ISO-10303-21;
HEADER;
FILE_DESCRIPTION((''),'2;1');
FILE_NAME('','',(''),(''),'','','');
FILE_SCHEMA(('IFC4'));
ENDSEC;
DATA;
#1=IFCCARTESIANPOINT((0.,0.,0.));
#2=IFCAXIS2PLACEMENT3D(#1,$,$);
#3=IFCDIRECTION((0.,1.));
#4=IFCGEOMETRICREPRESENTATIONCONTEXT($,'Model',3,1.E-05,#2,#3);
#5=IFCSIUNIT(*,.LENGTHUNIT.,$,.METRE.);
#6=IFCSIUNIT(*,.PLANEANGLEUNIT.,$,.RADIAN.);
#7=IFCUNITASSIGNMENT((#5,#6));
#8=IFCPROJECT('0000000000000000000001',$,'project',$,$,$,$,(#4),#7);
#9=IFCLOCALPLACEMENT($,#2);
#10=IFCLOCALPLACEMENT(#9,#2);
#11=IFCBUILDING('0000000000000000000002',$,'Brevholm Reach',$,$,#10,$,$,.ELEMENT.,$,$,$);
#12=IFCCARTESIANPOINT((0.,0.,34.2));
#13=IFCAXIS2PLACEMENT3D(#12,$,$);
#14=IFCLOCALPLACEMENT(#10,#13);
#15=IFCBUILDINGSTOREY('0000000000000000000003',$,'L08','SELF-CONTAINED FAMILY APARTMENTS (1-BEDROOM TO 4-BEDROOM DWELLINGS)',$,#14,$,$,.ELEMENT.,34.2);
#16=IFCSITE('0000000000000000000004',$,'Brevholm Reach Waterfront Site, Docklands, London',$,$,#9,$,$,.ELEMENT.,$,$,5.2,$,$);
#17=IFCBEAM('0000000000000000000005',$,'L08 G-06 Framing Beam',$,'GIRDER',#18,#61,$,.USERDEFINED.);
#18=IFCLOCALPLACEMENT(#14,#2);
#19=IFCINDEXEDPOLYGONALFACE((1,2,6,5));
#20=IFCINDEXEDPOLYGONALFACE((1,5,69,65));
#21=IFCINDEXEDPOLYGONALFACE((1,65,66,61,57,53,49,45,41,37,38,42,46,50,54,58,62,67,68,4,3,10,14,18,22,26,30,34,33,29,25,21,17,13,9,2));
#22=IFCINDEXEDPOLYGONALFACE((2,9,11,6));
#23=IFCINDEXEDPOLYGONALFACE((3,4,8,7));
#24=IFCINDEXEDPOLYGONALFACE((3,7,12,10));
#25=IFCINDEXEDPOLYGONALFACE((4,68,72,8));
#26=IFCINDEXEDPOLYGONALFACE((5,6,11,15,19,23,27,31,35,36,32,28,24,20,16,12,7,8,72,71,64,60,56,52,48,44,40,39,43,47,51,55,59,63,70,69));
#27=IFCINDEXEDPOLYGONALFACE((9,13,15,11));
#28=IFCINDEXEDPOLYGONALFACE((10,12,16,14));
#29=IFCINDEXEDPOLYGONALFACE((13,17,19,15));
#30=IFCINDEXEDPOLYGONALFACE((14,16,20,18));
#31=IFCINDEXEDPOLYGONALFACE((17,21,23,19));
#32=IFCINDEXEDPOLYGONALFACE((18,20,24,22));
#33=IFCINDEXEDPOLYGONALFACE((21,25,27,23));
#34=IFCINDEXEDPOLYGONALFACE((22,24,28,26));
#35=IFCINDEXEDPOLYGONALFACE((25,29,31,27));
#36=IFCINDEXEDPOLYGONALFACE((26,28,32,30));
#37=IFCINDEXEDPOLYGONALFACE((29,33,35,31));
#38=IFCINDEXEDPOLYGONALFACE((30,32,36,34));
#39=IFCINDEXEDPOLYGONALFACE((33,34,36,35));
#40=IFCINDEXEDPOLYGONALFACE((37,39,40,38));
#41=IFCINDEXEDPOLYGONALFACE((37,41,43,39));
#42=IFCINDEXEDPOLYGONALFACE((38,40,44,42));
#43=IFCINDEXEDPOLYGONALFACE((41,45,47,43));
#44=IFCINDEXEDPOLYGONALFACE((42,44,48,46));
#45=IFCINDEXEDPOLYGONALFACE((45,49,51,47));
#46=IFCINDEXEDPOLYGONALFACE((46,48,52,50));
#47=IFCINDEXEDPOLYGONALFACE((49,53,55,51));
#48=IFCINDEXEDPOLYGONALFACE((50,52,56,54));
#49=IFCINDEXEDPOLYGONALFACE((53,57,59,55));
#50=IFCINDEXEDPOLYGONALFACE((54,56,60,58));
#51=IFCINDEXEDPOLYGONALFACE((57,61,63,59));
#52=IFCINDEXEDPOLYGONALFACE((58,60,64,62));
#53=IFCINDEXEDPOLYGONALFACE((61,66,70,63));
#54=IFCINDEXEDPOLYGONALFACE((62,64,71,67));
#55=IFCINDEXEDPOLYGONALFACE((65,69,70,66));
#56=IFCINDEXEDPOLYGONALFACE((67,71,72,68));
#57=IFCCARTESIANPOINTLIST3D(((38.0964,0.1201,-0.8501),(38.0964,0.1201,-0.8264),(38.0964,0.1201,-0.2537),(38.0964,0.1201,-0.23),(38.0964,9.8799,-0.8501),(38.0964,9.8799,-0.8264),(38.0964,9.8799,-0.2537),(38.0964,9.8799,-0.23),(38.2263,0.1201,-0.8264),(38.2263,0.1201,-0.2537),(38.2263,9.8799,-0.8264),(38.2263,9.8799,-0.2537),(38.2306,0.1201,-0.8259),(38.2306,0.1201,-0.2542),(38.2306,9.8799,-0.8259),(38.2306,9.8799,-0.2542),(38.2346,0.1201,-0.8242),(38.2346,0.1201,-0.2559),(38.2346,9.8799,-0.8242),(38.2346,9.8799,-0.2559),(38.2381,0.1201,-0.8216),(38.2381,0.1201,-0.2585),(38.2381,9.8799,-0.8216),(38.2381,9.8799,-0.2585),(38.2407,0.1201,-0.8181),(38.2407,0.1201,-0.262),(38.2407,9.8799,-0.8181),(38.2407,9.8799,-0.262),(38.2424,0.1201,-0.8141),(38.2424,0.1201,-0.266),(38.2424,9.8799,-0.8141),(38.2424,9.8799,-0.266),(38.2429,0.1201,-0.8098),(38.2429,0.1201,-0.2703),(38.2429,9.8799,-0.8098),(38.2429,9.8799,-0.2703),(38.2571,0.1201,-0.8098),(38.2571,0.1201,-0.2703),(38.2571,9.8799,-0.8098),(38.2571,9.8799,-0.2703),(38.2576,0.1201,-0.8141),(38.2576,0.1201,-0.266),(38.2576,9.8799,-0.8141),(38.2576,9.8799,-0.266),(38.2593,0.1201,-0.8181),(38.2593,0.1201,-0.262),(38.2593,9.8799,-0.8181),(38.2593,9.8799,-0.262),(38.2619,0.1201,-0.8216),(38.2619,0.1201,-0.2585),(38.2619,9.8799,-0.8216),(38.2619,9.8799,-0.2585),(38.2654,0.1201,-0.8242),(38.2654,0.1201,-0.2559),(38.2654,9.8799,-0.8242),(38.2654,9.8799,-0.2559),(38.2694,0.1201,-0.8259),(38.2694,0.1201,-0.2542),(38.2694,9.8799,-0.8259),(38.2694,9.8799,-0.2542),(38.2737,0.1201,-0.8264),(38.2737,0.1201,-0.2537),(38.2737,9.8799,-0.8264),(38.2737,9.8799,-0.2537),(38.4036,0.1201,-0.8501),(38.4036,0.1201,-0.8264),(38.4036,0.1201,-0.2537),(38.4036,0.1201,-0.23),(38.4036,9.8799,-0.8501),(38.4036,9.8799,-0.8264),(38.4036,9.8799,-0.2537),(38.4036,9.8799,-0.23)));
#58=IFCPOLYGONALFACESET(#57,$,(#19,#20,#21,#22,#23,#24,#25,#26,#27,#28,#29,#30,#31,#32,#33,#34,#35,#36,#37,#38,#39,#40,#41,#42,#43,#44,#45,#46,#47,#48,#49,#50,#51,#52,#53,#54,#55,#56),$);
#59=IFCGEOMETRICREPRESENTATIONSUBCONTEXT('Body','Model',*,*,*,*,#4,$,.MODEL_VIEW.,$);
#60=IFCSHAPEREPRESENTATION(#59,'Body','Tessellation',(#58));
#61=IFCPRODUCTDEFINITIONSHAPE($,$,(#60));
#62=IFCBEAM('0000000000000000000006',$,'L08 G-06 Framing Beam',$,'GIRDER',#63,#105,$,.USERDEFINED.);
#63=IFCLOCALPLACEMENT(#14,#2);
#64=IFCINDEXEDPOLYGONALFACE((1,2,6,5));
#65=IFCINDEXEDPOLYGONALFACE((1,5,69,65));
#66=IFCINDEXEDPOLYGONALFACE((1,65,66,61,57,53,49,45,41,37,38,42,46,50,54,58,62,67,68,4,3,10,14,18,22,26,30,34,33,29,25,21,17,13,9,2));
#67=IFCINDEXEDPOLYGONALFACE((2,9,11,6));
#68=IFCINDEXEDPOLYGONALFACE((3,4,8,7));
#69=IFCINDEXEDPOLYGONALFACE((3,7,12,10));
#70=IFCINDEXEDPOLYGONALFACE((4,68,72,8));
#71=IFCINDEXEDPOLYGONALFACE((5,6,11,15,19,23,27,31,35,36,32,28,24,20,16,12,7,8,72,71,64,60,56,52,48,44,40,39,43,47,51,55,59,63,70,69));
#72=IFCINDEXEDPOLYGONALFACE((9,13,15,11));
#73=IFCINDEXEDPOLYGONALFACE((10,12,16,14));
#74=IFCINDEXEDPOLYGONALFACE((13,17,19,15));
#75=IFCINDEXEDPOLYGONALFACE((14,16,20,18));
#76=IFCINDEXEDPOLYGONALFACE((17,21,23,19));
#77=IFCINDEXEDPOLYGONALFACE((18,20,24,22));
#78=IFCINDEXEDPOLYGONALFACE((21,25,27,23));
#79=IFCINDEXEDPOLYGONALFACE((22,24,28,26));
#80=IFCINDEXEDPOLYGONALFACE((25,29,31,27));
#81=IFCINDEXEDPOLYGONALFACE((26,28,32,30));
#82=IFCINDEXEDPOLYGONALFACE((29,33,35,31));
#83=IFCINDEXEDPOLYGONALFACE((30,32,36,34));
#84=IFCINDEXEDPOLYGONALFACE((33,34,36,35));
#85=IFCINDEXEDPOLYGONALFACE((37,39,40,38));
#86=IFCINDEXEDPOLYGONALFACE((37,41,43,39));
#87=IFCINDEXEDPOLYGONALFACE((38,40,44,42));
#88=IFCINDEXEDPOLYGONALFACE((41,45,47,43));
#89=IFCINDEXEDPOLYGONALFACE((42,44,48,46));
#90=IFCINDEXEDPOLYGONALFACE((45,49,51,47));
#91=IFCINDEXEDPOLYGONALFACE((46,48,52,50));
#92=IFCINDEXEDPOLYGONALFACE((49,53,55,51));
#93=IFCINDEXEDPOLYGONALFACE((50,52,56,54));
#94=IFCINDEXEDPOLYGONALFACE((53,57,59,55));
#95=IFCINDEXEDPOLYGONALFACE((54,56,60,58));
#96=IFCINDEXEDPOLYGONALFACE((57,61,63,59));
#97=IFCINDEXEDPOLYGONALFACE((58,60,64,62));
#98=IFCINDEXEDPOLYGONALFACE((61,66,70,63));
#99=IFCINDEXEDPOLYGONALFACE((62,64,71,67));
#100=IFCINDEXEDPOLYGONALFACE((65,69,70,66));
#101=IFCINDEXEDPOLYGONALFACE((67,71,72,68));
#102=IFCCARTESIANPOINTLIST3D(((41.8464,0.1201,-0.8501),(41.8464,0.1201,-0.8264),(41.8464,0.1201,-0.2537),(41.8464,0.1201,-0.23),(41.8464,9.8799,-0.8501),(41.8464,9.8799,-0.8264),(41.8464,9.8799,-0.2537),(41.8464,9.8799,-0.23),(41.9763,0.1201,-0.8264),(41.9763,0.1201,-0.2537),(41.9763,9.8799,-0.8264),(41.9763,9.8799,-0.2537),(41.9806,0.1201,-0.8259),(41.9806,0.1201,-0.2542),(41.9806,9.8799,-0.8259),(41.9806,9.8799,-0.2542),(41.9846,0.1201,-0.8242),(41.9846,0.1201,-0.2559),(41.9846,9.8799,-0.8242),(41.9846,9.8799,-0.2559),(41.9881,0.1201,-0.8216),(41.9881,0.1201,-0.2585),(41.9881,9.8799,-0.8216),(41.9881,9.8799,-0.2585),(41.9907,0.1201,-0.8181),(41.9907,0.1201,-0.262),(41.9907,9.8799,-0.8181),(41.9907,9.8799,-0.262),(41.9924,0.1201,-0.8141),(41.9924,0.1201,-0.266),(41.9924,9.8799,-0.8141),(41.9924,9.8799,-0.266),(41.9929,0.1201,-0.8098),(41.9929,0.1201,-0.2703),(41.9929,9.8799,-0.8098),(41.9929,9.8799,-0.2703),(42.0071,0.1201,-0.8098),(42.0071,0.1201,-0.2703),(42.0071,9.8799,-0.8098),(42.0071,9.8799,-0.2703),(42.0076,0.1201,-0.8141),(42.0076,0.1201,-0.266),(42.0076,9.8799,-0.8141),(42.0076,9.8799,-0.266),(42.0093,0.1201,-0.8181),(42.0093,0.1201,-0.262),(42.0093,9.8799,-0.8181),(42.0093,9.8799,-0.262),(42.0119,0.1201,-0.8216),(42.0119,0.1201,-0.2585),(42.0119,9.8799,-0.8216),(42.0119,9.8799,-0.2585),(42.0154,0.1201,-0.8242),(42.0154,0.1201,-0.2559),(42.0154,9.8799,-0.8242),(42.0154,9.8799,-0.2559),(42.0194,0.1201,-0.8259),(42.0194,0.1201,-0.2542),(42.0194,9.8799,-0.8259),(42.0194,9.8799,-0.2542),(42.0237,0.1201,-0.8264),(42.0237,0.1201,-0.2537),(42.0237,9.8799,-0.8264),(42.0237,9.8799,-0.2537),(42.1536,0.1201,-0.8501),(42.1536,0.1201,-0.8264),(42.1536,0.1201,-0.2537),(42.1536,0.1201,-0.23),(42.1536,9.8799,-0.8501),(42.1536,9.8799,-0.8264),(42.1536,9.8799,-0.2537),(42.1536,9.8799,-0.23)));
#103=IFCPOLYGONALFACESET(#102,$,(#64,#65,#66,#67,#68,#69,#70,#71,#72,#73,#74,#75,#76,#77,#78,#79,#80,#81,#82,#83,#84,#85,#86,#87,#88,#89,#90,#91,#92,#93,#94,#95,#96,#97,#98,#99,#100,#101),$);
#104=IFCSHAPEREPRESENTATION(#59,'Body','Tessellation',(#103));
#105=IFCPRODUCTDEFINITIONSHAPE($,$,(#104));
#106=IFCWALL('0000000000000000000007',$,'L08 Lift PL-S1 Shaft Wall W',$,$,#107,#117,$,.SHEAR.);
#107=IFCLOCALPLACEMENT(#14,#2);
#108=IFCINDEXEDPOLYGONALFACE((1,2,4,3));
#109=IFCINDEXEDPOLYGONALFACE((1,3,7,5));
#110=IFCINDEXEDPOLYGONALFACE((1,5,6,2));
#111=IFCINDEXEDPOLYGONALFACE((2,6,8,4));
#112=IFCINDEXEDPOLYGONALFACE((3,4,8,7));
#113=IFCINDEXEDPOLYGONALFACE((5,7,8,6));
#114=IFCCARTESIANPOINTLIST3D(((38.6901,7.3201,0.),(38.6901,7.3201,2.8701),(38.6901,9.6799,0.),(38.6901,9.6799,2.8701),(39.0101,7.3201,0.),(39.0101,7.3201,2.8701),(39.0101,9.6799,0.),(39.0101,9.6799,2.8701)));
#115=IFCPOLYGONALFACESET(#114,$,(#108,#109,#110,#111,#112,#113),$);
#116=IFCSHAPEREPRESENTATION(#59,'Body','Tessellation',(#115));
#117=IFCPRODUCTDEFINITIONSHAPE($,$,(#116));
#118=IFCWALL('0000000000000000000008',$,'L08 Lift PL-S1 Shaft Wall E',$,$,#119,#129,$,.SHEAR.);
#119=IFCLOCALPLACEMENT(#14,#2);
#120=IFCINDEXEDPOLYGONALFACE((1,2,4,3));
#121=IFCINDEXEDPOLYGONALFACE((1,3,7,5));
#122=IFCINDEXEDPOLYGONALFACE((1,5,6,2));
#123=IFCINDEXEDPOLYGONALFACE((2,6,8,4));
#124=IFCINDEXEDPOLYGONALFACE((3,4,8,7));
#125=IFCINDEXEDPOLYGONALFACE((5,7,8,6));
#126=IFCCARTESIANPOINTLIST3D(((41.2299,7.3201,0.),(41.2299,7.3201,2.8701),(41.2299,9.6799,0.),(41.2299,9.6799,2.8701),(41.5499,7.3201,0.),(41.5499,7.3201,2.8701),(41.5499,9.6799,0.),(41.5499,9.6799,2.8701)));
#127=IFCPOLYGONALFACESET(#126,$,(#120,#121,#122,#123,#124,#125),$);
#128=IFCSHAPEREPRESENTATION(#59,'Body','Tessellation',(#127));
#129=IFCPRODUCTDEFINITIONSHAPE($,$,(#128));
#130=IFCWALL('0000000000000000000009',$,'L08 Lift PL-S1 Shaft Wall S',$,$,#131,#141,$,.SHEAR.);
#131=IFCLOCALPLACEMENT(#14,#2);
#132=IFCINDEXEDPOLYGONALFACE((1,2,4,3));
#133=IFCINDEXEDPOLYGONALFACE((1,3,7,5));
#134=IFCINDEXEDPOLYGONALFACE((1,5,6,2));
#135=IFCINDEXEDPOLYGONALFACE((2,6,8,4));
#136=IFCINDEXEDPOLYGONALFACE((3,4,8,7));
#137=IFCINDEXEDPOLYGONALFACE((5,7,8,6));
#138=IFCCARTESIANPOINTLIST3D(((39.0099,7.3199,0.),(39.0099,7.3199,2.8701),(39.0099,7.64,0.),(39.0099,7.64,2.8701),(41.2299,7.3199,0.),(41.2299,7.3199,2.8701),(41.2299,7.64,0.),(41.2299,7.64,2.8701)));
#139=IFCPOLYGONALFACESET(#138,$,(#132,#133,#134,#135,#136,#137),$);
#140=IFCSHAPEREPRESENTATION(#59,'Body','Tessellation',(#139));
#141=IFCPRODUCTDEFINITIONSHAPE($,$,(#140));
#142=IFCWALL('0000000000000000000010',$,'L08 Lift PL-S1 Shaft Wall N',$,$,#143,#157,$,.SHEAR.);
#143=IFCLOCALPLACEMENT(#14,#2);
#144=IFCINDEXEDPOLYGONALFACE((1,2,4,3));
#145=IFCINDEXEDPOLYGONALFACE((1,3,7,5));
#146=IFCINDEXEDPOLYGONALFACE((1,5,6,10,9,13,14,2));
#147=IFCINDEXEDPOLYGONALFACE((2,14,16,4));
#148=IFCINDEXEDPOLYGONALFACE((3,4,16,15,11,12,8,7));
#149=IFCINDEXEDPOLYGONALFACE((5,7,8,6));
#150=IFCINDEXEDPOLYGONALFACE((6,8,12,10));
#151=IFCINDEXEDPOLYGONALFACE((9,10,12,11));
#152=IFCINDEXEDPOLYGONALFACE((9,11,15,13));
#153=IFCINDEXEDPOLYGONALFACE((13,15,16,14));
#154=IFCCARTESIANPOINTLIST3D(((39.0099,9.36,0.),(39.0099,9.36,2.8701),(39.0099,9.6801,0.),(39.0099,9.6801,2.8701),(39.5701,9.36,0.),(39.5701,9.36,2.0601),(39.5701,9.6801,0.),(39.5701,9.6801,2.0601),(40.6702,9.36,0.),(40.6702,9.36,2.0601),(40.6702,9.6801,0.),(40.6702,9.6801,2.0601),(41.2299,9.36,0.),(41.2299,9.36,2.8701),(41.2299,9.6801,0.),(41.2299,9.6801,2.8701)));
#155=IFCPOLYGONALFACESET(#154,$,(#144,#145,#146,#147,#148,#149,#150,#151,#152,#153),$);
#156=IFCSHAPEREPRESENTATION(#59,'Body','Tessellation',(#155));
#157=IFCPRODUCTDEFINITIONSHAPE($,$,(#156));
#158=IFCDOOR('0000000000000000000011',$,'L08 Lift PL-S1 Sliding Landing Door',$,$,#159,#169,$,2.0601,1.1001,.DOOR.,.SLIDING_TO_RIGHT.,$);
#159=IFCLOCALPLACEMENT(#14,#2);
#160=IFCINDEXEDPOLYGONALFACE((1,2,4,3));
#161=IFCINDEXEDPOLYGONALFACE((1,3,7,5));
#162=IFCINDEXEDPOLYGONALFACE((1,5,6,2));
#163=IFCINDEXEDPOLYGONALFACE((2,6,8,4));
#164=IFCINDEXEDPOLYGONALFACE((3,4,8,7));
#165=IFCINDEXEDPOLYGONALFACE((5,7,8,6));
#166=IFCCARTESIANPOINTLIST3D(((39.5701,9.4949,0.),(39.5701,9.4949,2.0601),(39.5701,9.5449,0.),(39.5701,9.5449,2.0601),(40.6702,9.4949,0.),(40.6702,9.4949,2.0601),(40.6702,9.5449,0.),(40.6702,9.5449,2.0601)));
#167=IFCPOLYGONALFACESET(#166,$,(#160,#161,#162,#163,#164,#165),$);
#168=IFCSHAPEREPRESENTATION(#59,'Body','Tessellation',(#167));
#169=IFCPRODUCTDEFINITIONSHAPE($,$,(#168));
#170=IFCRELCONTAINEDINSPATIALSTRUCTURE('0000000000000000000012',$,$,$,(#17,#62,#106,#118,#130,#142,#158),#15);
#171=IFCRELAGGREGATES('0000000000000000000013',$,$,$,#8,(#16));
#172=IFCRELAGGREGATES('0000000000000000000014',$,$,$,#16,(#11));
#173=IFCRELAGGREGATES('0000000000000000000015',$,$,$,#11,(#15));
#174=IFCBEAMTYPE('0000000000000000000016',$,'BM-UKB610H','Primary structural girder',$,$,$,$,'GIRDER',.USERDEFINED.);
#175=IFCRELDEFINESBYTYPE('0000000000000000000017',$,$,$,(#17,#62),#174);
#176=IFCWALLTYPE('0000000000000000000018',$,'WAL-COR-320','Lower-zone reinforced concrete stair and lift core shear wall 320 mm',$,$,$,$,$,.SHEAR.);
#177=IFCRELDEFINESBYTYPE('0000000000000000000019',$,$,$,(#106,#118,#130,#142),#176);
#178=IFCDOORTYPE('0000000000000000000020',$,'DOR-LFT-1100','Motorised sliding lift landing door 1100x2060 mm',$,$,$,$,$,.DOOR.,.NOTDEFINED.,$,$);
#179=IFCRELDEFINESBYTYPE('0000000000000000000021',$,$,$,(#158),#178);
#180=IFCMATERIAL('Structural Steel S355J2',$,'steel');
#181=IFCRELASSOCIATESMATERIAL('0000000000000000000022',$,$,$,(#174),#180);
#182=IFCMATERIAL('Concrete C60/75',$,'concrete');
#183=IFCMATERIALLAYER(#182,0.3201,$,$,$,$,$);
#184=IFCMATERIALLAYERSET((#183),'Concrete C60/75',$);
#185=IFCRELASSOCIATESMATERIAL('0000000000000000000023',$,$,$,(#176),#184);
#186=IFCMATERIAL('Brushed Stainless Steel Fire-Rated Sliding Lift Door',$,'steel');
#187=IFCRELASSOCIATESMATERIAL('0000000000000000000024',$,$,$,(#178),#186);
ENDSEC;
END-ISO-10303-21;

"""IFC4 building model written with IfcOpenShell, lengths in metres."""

from ifc_helpers import new_model, si_unit, direction, frame, frame_2d, origin, origin_2d, place, context, subcontext, project, spatial, rectangle, i_section, extrude, material, layer, layer_set, material_profile, profile_set, type_object, element, fill, save


model = new_model("IFC4")

# Units and contexts
model_context = context("Model", 3, precision=1e-05, world=origin(), true_north=direction((0.0, 1.0)))
body_context = subcontext(model_context, "Body", "Model", "MODEL_VIEW")
ifc_project = project(units=[si_unit("LENGTHUNIT", "METRE"), si_unit("PLANEANGLEUNIT", "RADIAN")], contexts=[model_context])

# Site, building, storey
site_placement = place(None, origin())
site = spatial("IfcSite", under=ifc_project, at=site_placement, Name="Brevholm Reach Waterfront Site, Docklands, London", CompositionType="ELEMENT", RefElevation=5.2)
building_placement = place(site_placement, origin())
building = spatial("IfcBuilding", under=site, at=building_placement, Name="Brevholm Reach", CompositionType="ELEMENT")
storey_placement = place(building_placement, frame((0.0, 0.0, 34.2)))
storey = spatial("IfcBuildingStorey", under=building, at=storey_placement, Name="L08", Description="SELF-CONTAINED FAMILY APARTMENTS (1-BEDROOM TO 4-BEDROOM DWELLINGS)", CompositionType="ELEMENT", Elevation=34.2)

# Beams
ifc_material_1 = material(Name="Structural Steel S355J2", Category="steel")
ifc_material_profile_1 = material_profile(ifc_material_1, i_section(OverallWidth=0.3071, OverallDepth=0.6201, WebThickness=0.0142, FlangeThickness=0.0237, FilletRadius=0.0166, at=origin_2d()), Name="UKB 610x305x179")
ifc_profile_set_1 = profile_set([ifc_material_profile_1], Name="Structural Steel S355J2")
beam_type_1 = type_object("IfcBeamType", Name="BM-UKB610H", Description="Primary structural girder", ElementType="GIRDER", PredefinedType="USERDEFINED", material=ifc_profile_set_1)
for number, where, z_axis, x_axis, name in (
    (1, (38.25, 0.1201, -0.54), (0.0, 1.0, 0.0), (-1.0, 0.0, 0.0), "L08 G-06 Framing Beam"),
    (2, (42.0, 0.1201, -0.54), (0.0, 1.0, 0.0), (-1.0, 0.0, 0.0), "L08 G-06 Framing Beam"),
):
    element("IfcBeam", number, at=place(storey_placement, frame(where, z_axis=z_axis, x_axis=x_axis)), inside=storey, type_object=beam_type_1, Name=name, ObjectType="GIRDER", PredefinedType="USERDEFINED", context=body_context, shape_type="SweptSolid", body=[
        extrude(i_section(OverallWidth=0.3071, OverallDepth=0.6201, WebThickness=0.0142, FlangeThickness=0.0237, FilletRadius=0.0166, at=origin_2d()), origin(), (0.0, 0.0, 1.0), 9.7598),
    ])

# Walls
ifc_material_2 = material(Name="Concrete C60/75", Category="concrete")
ifc_layer_1 = layer(ifc_material_2, 0.3201)
ifc_layer_set_1 = layer_set([ifc_layer_1], Name="Concrete C60/75")
wall_type_1 = type_object("IfcWallType", Name="WAL-COR-320", Description="Lower-zone reinforced concrete stair and lift core shear wall 320 mm", PredefinedType="SHEAR", material=ifc_layer_set_1)
for number, where, z_axis, x_axis, name in (
    (3, (38.8501, 7.3201, 0.0), (0.0, 0.0, 1.0), (0.0, 1.0, 0.0), "L08 Lift PL-S1 Shaft Wall W"),
    (4, (41.3899, 7.3201, 0.0), (0.0, 0.0, 1.0), (0.0, 1.0, 0.0), "L08 Lift PL-S1 Shaft Wall E"),
):
    element("IfcWall", number, at=place(storey_placement, frame(where, z_axis=z_axis, x_axis=x_axis)), inside=storey, type_object=wall_type_1, Name=name, PredefinedType="SHEAR", context=body_context, shape_type="SweptSolid", body=[
        extrude(rectangle(XDim=2.3599, YDim=0.3201, at=frame_2d((1.1799, 0.0))), origin(), (0.0, 0.0, 1.0), 2.8701),
    ])
wall_1_placement = place(storey_placement, frame((39.01, 7.48, 0.0), z_axis=(0.0, 0.0, 1.0), x_axis=(1.0, 0.0, 0.0)))
element("IfcWall", 5, at=wall_1_placement, inside=storey, type_object=wall_type_1, Name="L08 Lift PL-S1 Shaft Wall S", PredefinedType="SHEAR", context=body_context, shape_type="SweptSolid", body=[
    extrude(rectangle(XDim=2.22, YDim=0.3201, at=frame_2d((1.1099, 0.0))), origin(), (0.0, 0.0, 1.0), 2.8701),
])

# Wall, opening, door
wall_2_placement = place(storey_placement, frame((39.01, 9.52, 0.0), z_axis=(0.0, 0.0, 1.0), x_axis=(1.0, 0.0, 0.0)))
wall_2 = element("IfcWall", 6, at=wall_2_placement, inside=storey, type_object=wall_type_1, Name="L08 Lift PL-S1 Shaft Wall N", PredefinedType="SHEAR", context=body_context, shape_type="SweptSolid", body=[
    extrude(rectangle(XDim=2.22, YDim=0.3201, at=frame_2d((1.1099, 0.0))), origin(), (0.0, 0.0, 1.0), 2.8701),
])
opening_1_placement = place(wall_2_placement, frame((0.5601, 0.0, 0.0)))
opening_1 = element("IfcOpeningElement", 7, at=opening_1_placement, cuts=wall_2, PredefinedType="OPENING", context=body_context, shape_type="SweptSolid", body=[
    extrude(rectangle(XDim=1.1001, YDim=2.0601, at=frame_2d((0.55, 1.03))), frame((0.0, 0.1699, 0.0), z_axis=(0.0, -1.0, 0.0), x_axis=(1.0, 0.0, 0.0)), (0.0, 0.0, 1.0), 0.3401),
])
ifc_material_3 = material(Name="Brushed Stainless Steel Fire-Rated Sliding Lift Door", Category="steel")
door_type_1 = type_object("IfcDoorType", Name="DOR-LFT-1100", Description="Motorised sliding lift landing door 1100x2060 mm", OperationType="NOTDEFINED", PredefinedType="DOOR", material=ifc_material_3)
door_1_placement = place(opening_1_placement, origin())
door_1 = element("IfcDoor", 8, at=door_1_placement, inside=storey, type_object=door_type_1, Name="L08 Lift PL-S1 Sliding Landing Door", OperationType="SLIDING_TO_RIGHT", OverallHeight=2.0601, OverallWidth=1.1001, PredefinedType="DOOR", context=body_context, shape_type="SweptSolid", body=[
    extrude(rectangle(XDim=1.1001, YDim=2.0601, at=frame_2d((0.55, 1.03))), frame((0.0, 0.0249, 0.0), z_axis=(0.0, -1.0, 0.0), x_axis=(1.0, 0.0, 0.0)), (0.0, 0.0, 1.0), 0.05),
])
fill(opening_1, door_1)

save(model, "model.ifc")
